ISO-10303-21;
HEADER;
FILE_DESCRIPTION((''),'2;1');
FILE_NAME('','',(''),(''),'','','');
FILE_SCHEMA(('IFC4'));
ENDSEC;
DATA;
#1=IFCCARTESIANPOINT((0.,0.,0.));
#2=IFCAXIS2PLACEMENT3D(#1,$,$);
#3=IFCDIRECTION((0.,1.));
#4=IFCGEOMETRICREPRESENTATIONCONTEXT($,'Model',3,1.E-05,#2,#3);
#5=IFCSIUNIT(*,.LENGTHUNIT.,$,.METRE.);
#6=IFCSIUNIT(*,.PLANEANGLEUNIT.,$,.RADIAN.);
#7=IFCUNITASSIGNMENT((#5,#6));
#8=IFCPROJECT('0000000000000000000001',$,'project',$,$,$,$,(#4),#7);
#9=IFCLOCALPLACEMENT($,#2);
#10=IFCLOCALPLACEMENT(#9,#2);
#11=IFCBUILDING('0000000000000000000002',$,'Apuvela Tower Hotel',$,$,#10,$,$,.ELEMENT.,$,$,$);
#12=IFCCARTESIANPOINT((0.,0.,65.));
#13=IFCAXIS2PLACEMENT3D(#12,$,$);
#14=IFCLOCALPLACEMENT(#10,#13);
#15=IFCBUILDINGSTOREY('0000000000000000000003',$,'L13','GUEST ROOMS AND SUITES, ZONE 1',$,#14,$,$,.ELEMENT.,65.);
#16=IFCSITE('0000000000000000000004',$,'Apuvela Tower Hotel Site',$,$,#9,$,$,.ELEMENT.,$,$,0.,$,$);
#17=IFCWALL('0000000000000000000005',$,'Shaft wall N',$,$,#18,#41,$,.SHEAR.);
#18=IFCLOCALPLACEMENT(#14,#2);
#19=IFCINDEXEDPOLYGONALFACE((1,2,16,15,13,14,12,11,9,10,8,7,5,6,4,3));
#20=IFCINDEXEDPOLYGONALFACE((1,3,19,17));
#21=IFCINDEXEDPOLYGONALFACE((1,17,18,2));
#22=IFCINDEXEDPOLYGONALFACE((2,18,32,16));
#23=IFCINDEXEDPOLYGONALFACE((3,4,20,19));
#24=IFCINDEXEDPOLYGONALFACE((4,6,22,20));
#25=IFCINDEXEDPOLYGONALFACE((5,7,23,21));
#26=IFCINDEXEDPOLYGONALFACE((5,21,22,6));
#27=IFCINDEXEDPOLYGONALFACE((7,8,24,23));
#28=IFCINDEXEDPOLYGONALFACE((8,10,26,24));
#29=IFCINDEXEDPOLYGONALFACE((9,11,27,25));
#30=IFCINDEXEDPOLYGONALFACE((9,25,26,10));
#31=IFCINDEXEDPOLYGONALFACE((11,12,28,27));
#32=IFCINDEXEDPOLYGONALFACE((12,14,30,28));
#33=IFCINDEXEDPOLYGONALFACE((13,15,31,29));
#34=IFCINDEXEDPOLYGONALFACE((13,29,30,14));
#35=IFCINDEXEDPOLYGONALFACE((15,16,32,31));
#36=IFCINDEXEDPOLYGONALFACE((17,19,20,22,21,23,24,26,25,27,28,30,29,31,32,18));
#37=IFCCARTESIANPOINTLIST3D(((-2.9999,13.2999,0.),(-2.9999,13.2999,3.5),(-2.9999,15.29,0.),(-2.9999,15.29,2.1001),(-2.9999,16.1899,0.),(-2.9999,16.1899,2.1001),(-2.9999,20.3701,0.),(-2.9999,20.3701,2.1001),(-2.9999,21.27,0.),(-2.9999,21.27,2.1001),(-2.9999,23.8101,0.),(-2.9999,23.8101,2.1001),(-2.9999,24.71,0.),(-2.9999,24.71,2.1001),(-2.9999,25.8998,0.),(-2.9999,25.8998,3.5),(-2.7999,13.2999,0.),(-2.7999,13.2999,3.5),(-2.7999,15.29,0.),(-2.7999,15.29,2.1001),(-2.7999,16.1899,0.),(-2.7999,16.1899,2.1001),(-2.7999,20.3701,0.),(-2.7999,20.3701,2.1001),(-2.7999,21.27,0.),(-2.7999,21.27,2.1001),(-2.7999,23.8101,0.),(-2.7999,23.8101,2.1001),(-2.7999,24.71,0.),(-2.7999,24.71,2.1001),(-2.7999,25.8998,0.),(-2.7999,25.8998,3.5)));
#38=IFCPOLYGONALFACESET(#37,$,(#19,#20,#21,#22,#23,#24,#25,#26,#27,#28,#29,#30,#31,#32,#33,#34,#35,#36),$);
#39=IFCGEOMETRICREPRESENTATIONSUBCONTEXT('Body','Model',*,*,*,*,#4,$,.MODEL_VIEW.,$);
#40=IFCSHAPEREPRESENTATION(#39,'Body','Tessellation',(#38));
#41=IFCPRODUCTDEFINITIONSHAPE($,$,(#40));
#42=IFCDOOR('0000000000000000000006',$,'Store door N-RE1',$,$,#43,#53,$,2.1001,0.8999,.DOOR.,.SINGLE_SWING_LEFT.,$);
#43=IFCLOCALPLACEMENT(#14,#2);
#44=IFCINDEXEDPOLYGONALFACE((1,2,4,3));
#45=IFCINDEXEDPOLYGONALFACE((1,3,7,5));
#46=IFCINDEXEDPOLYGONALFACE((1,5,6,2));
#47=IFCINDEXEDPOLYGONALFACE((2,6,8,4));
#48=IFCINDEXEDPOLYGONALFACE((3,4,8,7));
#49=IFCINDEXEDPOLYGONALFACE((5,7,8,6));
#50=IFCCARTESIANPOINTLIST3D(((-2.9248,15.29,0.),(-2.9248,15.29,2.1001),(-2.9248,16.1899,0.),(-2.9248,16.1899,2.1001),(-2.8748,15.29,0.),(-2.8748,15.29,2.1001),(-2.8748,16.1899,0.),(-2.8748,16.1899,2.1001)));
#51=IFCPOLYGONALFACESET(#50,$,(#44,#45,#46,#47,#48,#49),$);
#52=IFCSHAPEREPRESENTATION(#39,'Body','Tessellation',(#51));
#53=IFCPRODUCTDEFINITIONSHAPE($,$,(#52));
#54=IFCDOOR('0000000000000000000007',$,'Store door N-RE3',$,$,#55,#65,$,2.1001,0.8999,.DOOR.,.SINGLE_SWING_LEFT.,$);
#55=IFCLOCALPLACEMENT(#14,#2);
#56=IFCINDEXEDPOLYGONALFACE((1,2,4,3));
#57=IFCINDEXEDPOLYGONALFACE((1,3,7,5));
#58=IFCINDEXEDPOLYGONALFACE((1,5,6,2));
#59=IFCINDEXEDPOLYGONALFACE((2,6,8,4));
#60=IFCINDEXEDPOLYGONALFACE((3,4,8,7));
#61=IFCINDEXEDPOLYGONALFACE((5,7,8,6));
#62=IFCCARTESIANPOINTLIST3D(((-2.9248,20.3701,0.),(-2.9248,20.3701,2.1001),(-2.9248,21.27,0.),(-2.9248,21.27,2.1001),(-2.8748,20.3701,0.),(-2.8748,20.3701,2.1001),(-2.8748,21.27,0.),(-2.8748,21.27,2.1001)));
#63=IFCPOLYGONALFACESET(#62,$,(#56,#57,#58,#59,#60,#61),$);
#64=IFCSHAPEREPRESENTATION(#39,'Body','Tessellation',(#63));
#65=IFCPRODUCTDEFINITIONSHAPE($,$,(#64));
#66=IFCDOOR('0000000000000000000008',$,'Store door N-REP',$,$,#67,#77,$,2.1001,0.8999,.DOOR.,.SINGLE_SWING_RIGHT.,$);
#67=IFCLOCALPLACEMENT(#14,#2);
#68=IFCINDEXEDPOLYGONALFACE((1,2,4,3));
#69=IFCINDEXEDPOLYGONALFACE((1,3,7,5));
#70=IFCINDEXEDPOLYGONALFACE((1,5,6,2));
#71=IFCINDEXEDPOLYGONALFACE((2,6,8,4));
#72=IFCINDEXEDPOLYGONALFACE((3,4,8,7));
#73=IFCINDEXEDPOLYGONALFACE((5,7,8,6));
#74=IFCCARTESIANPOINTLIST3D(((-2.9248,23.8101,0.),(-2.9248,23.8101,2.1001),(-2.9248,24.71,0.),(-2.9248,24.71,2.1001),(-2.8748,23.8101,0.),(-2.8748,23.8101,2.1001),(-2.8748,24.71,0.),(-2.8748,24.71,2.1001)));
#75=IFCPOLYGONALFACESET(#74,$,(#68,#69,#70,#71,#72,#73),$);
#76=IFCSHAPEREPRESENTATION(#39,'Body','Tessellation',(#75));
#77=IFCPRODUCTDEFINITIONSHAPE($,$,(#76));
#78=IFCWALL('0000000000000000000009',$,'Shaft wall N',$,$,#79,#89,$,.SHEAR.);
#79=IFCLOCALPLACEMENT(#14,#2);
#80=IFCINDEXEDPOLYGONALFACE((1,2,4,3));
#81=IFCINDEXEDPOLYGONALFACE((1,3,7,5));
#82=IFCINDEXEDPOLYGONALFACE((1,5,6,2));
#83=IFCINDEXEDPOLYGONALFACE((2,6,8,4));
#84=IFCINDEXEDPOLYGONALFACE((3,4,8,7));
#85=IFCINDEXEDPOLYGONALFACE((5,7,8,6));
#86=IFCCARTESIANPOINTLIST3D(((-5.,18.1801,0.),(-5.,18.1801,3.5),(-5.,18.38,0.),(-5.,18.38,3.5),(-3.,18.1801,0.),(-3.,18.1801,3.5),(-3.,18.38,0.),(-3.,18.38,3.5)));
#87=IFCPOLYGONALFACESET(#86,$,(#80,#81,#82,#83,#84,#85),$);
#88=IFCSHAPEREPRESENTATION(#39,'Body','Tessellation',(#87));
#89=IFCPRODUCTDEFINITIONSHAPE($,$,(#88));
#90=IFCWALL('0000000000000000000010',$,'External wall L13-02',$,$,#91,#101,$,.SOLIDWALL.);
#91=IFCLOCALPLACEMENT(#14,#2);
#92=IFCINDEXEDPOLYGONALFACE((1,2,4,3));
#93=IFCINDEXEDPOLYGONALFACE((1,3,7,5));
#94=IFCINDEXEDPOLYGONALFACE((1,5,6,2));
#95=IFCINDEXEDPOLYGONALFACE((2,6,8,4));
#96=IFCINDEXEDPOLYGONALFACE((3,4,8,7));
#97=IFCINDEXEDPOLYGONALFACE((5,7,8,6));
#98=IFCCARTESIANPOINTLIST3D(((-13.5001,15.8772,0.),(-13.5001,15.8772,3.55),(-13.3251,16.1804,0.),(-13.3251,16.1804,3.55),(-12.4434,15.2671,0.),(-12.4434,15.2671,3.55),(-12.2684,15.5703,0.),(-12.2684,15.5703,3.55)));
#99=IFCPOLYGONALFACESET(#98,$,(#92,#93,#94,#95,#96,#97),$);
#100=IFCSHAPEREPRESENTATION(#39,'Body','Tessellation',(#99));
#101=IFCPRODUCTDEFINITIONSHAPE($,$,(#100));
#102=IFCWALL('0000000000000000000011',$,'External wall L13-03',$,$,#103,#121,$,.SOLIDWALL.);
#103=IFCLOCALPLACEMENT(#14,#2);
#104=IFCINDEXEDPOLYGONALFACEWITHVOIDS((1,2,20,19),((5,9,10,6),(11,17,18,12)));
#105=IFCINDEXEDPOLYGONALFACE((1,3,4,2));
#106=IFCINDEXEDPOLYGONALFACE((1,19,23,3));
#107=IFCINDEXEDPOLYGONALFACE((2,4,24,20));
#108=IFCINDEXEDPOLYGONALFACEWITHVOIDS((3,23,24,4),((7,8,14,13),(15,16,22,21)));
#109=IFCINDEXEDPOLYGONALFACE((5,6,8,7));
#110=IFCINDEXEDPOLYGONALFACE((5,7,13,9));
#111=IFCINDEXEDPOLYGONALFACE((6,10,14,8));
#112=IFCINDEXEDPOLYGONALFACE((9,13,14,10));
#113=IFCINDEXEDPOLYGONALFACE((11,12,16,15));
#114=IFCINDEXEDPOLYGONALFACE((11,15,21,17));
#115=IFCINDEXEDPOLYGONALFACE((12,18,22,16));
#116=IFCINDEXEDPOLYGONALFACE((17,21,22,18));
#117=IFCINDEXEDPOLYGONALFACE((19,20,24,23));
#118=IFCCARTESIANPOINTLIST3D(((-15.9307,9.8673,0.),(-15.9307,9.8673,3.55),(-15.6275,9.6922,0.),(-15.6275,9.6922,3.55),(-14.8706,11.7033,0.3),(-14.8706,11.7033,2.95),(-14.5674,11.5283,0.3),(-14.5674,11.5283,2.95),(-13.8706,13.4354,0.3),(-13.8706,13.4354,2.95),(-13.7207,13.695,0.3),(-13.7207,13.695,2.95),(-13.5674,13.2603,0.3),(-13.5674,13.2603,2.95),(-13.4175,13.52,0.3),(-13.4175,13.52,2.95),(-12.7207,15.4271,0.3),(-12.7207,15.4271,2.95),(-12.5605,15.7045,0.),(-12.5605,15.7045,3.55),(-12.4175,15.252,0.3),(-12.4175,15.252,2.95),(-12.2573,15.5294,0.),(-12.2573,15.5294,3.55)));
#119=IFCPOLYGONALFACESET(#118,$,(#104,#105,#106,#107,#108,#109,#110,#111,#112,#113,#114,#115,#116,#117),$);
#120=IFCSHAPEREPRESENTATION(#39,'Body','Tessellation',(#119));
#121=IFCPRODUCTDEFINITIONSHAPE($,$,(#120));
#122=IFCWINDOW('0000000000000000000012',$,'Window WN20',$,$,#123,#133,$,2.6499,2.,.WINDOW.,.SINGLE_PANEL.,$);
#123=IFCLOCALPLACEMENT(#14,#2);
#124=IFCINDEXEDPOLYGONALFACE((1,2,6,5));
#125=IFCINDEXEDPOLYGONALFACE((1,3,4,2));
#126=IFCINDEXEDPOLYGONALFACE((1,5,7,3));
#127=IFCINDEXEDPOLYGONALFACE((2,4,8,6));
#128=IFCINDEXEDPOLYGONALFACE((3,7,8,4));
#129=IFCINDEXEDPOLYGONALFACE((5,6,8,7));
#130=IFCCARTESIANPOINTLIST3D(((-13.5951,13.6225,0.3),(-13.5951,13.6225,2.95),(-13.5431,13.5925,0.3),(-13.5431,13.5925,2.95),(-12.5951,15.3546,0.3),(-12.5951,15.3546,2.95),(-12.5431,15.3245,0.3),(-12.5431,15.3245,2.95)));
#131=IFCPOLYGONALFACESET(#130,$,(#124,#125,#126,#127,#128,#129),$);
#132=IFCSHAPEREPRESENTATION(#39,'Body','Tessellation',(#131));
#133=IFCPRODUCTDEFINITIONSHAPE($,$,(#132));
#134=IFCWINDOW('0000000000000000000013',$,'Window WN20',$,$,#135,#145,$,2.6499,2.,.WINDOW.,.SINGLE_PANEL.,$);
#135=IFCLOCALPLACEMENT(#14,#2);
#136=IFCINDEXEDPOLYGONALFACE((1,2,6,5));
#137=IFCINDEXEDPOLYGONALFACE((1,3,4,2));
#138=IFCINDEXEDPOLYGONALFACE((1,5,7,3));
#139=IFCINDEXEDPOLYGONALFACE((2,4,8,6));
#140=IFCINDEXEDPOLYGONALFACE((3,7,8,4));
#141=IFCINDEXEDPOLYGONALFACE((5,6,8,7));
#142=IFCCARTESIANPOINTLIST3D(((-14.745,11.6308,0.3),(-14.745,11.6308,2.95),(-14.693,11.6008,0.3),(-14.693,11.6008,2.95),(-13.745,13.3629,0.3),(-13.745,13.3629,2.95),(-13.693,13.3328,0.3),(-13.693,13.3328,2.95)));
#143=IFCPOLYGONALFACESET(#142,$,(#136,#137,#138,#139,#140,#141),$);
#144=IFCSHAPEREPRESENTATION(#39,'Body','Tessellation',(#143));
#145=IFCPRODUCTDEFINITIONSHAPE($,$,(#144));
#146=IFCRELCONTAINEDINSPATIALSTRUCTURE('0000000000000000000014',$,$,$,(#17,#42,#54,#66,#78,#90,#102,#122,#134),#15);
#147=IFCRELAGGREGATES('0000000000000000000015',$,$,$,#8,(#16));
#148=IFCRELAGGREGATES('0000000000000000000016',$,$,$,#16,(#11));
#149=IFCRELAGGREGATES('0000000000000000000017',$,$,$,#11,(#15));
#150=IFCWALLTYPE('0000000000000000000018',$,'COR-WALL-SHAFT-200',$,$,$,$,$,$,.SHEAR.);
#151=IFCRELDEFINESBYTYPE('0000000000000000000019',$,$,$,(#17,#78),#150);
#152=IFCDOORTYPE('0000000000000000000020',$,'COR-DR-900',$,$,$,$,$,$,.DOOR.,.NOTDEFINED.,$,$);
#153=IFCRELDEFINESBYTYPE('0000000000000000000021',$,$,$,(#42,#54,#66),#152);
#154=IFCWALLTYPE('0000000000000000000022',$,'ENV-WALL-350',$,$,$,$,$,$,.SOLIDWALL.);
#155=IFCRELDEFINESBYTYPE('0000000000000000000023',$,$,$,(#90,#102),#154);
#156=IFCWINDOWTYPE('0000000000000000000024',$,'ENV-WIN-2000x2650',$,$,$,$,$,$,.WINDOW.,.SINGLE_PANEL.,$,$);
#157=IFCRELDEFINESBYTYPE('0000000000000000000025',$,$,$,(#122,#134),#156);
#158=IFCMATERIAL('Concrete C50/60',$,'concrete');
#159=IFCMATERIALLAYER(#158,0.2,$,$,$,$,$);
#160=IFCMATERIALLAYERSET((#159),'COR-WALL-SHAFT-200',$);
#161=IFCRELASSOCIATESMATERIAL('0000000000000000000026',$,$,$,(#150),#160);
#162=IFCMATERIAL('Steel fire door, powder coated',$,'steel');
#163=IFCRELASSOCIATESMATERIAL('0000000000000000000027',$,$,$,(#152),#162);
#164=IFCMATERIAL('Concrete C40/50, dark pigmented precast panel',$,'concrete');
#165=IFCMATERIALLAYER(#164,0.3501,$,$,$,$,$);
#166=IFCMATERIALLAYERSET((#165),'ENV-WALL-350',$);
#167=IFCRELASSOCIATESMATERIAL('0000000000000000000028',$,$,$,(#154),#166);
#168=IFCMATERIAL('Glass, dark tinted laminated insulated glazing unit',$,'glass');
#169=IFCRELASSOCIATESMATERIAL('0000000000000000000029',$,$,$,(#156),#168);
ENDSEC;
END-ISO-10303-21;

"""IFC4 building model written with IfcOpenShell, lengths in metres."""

from ifc_helpers import new_model, si_unit, direction, frame, frame_2d, origin, place, context, subcontext, project, spatial, rectangle, extrude, material, layer, layer_set, type_object, element, fill, save


model = new_model("IFC4")

# Units and contexts
model_context = context("Model", 3, precision=1e-05, world=origin(), true_north=direction((0.0, 1.0)))
body_context = subcontext(model_context, "Body", "Model", "MODEL_VIEW")
ifc_project = project(units=[si_unit("LENGTHUNIT", "METRE"), si_unit("PLANEANGLEUNIT", "RADIAN")], contexts=[model_context])

# Site, building, storey
site_placement = place(None, origin())
site = spatial("IfcSite", under=ifc_project, at=site_placement, Name="Apuvela Tower Hotel Site", CompositionType="ELEMENT", RefElevation=0.0)
building_placement = place(site_placement, origin())
building = spatial("IfcBuilding", under=site, at=building_placement, Name="Apuvela Tower Hotel", CompositionType="ELEMENT")
storey_placement = place(building_placement, frame((0.0, 0.0, 65.0)))
storey = spatial("IfcBuildingStorey", under=building, at=storey_placement, Name="L13", Description="GUEST ROOMS AND SUITES, ZONE 1", CompositionType="ELEMENT", Elevation=65.0)

# Shared definitions
ifc_material_1 = material(Name="Concrete C50/60", Category="concrete")
ifc_layer_1 = layer(ifc_material_1, 0.2)
ifc_layer_set_1 = layer_set([ifc_layer_1], Name="COR-WALL-SHAFT-200")
wall_type_1 = type_object("IfcWallType", Name="COR-WALL-SHAFT-200", PredefinedType="SHEAR", material=ifc_layer_set_1)

# Wall, openings, doors
wall_1_placement = place(storey_placement, frame((-2.8999, 13.3, 0.0), z_axis=(0.0, 0.0, 1.0), x_axis=(0.0, 1.0, 0.0)))
wall_1 = element("IfcWall", 1, at=wall_1_placement, inside=storey, type_object=wall_type_1, Name="Shaft wall N", PredefinedType="SHEAR", context=body_context, shape_type="SweptSolid", body=[
    extrude(rectangle(XDim=12.5999, YDim=0.2, at=frame_2d((6.2998, 0.0))), origin(), (0.0, 0.0, 1.0), 3.5),
])
opening_1_placement = place(wall_1_placement, frame((1.99, 0.0, 0.0)))
opening_1 = element("IfcOpeningElement", 2, at=opening_1_placement, cuts=wall_1, PredefinedType="OPENING", context=body_context, shape_type="SweptSolid", body=[
    extrude(rectangle(XDim=0.8999, YDim=2.1001, at=frame_2d((0.45, 1.05))), frame((0.0, 0.1099, 0.0), z_axis=(0.0, -1.0, 0.0), x_axis=(1.0, 0.0, 0.0)), (0.0, 0.0, 1.0), 0.22),
])
opening_2_placement = place(wall_1_placement, frame((7.0701, 0.0, 0.0)))
opening_2 = element("IfcOpeningElement", 3, at=opening_2_placement, cuts=wall_1, PredefinedType="OPENING", context=body_context, shape_type="SweptSolid", body=[
    extrude(rectangle(XDim=0.8999, YDim=2.1001, at=frame_2d((0.45, 1.05))), frame((0.0, 0.1099, 0.0), z_axis=(0.0, -1.0, 0.0), x_axis=(1.0, 0.0, 0.0)), (0.0, 0.0, 1.0), 0.22),
])
opening_3_placement = place(wall_1_placement, frame((10.51, 0.0, 0.0)))
opening_3 = element("IfcOpeningElement", 4, at=opening_3_placement, cuts=wall_1, PredefinedType="OPENING", context=body_context, shape_type="SweptSolid", body=[
    extrude(rectangle(XDim=0.8999, YDim=2.1001, at=frame_2d((0.45, 1.05))), frame((0.0, 0.1099, 0.0), z_axis=(0.0, -1.0, 0.0), x_axis=(1.0, 0.0, 0.0)), (0.0, 0.0, 1.0), 0.22),
])
ifc_material_2 = material(Name="Steel fire door, powder coated", Category="steel")
door_type = type_object("IfcDoorType", Name="COR-DR-900", OperationType="NOTDEFINED", PredefinedType="DOOR", material=ifc_material_2)
door_1_placement = place(opening_1_placement, origin())
door_1 = element("IfcDoor", 5, at=door_1_placement, inside=storey, type_object=door_type, Name="Store door N-RE1", OperationType="SINGLE_SWING_LEFT", OverallHeight=2.1001, OverallWidth=0.8999, PredefinedType="DOOR", context=body_context, shape_type="SweptSolid", body=[
    extrude(rectangle(XDim=0.8999, YDim=2.1001, at=frame_2d((0.45, 1.05))), frame((0.0, 0.0249, 0.0), z_axis=(0.0, -1.0, 0.0), x_axis=(1.0, 0.0, 0.0)), (0.0, 0.0, 1.0), 0.05),
])
fill(opening_1, door_1)
door_2_placement = place(opening_2_placement, origin())
door_2 = element("IfcDoor", 6, at=door_2_placement, inside=storey, type_object=door_type, Name="Store door N-RE3", OperationType="SINGLE_SWING_LEFT", OverallHeight=2.1001, OverallWidth=0.8999, PredefinedType="DOOR", context=body_context, shape_type="SweptSolid", body=[
    extrude(rectangle(XDim=0.8999, YDim=2.1001, at=frame_2d((0.45, 1.05))), frame((0.0, 0.0249, 0.0), z_axis=(0.0, -1.0, 0.0), x_axis=(1.0, 0.0, 0.0)), (0.0, 0.0, 1.0), 0.05),
])
fill(opening_2, door_2)
door_3_placement = place(opening_3_placement, origin())
door_3 = element("IfcDoor", 7, at=door_3_placement, inside=storey, type_object=door_type, Name="Store door N-REP", OperationType="SINGLE_SWING_RIGHT", OverallHeight=2.1001, OverallWidth=0.8999, PredefinedType="DOOR", context=body_context, shape_type="SweptSolid", body=[
    extrude(rectangle(XDim=0.8999, YDim=2.1001, at=frame_2d((0.45, 1.05))), frame((0.0, 0.0249, 0.0), z_axis=(0.0, -1.0, 0.0), x_axis=(1.0, 0.0, 0.0)), (0.0, 0.0, 1.0), 0.05),
])
fill(opening_3, door_3)

# Walls
wall_2_placement = place(storey_placement, frame((-3.0, 18.28, 0.0), z_axis=(0.0, 0.0, 1.0), x_axis=(-1.0, 0.0, 0.0)))
element("IfcWall", 8, at=wall_2_placement, inside=storey, type_object=wall_type_1, Name="Shaft wall N", PredefinedType="SHEAR", context=body_context, shape_type="SweptSolid", body=[
    extrude(rectangle(XDim=2.0, YDim=0.2, at=frame_2d((1.0, 0.0))), origin(), (0.0, 0.0, 1.0), 3.5),
])
ifc_material_3 = material(Name="Concrete C40/50, dark pigmented precast panel", Category="concrete")
ifc_layer_2 = layer(ifc_material_3, 0.3501)
ifc_layer_set_2 = layer_set([ifc_layer_2], Name="ENV-WALL-350")
wall_type_2 = type_object("IfcWallType", Name="ENV-WALL-350", PredefinedType="SOLIDWALL", material=ifc_layer_set_2)
wall_3_placement = place(storey_placement, frame((-13.4126, 16.0288, 0.0), z_axis=(0.0, 0.0, 1.0), x_axis=(0.866006, -0.500034, 0.0)))
element("IfcWall", 9, at=wall_3_placement, inside=storey, type_object=wall_type_2, Name="External wall L13-02", PredefinedType="SOLIDWALL", context=body_context, shape_type="SweptSolid", body=[
    extrude(rectangle(XDim=1.2202, YDim=0.3501, at=frame_2d((0.6101, 0.0))), origin(), (0.0, 0.0, 1.0), 3.55),
])

# Wall, openings, windows
wall_4_placement = place(storey_placement, frame((-12.4089, 15.6169, 0.0), z_axis=(0.0, 0.0, 1.0), x_axis=(-0.500004, -0.866023, 0.0)))
wall_4 = element("IfcWall", 10, at=wall_4_placement, inside=storey, type_object=wall_type_2, Name="External wall L13-03", PredefinedType="SOLIDWALL", context=body_context, shape_type="SweptSolid", body=[
    extrude(rectangle(XDim=6.7402, YDim=0.3501, at=frame_2d((3.3701, 0.0))), origin(), (0.0, 0.0, 1.0), 3.55),
])
opening_4_placement = place(wall_4_placement, frame((0.3203, 0.0, 0.3)))
opening_4 = element("IfcOpeningElement", 11, at=opening_4_placement, cuts=wall_4, PredefinedType="OPENING", context=body_context, shape_type="SweptSolid", body=[
    extrude(rectangle(XDim=2.0, YDim=2.6499, at=frame_2d((1.0, 1.325))), frame((0.0, 0.1851, 0.0), z_axis=(0.0, -1.0, 0.0), x_axis=(1.0, 0.0, 0.0)), (0.0, 0.0, 1.0), 0.3701),
])
opening_5_placement = place(wall_4_placement, frame((2.6201, 0.0, 0.3)))
opening_5 = element("IfcOpeningElement", 12, at=opening_5_placement, cuts=wall_4, PredefinedType="OPENING", context=body_context, shape_type="SweptSolid", body=[
    extrude(rectangle(XDim=2.0, YDim=2.6499, at=frame_2d((1.0, 1.325))), frame((0.0, 0.1851, 0.0), z_axis=(0.0, -1.0, 0.0), x_axis=(1.0, 0.0, 0.0)), (0.0, 0.0, 1.0), 0.3701),
])
ifc_material_4 = material(Name="Glass, dark tinted laminated insulated glazing unit", Category="glass")
window_type_1 = type_object("IfcWindowType", Name="ENV-WIN-2000x2650", PartitioningType="SINGLE_PANEL", PredefinedType="WINDOW", material=ifc_material_4)
window_1_placement = place(opening_4_placement, origin())
window_1 = element("IfcWindow", 13, at=window_1_placement, inside=storey, type_object=window_type_1, Name="Window WN20", OverallHeight=2.6499, OverallWidth=2.0, PartitioningType="SINGLE_PANEL", PredefinedType="WINDOW", context=body_context, shape_type="SweptSolid", body=[
    extrude(rectangle(XDim=2.0, YDim=2.6499, at=frame_2d((1.0, 1.325))), frame((0.0, 0.03, 0.0), z_axis=(0.0, -1.0, 0.0), x_axis=(1.0, 0.0, 0.0)), (0.0, 0.0, 1.0), 0.0601),
])
fill(opening_4, window_1)
window_2_placement = place(opening_5_placement, origin())
window_2 = element("IfcWindow", 14, at=window_2_placement, inside=storey, type_object=window_type_1, Name="Window WN20", OverallHeight=2.6499, OverallWidth=2.0, PartitioningType="SINGLE_PANEL", PredefinedType="WINDOW", context=body_context, shape_type="SweptSolid", body=[
    extrude(rectangle(XDim=2.0, YDim=2.6499, at=frame_2d((1.0, 1.325))), frame((0.0, 0.03, 0.0), z_axis=(0.0, -1.0, 0.0), x_axis=(1.0, 0.0, 0.0)), (0.0, 0.0, 1.0), 0.0601),
])
fill(opening_5, window_2)

save(model, "model.ifc")
